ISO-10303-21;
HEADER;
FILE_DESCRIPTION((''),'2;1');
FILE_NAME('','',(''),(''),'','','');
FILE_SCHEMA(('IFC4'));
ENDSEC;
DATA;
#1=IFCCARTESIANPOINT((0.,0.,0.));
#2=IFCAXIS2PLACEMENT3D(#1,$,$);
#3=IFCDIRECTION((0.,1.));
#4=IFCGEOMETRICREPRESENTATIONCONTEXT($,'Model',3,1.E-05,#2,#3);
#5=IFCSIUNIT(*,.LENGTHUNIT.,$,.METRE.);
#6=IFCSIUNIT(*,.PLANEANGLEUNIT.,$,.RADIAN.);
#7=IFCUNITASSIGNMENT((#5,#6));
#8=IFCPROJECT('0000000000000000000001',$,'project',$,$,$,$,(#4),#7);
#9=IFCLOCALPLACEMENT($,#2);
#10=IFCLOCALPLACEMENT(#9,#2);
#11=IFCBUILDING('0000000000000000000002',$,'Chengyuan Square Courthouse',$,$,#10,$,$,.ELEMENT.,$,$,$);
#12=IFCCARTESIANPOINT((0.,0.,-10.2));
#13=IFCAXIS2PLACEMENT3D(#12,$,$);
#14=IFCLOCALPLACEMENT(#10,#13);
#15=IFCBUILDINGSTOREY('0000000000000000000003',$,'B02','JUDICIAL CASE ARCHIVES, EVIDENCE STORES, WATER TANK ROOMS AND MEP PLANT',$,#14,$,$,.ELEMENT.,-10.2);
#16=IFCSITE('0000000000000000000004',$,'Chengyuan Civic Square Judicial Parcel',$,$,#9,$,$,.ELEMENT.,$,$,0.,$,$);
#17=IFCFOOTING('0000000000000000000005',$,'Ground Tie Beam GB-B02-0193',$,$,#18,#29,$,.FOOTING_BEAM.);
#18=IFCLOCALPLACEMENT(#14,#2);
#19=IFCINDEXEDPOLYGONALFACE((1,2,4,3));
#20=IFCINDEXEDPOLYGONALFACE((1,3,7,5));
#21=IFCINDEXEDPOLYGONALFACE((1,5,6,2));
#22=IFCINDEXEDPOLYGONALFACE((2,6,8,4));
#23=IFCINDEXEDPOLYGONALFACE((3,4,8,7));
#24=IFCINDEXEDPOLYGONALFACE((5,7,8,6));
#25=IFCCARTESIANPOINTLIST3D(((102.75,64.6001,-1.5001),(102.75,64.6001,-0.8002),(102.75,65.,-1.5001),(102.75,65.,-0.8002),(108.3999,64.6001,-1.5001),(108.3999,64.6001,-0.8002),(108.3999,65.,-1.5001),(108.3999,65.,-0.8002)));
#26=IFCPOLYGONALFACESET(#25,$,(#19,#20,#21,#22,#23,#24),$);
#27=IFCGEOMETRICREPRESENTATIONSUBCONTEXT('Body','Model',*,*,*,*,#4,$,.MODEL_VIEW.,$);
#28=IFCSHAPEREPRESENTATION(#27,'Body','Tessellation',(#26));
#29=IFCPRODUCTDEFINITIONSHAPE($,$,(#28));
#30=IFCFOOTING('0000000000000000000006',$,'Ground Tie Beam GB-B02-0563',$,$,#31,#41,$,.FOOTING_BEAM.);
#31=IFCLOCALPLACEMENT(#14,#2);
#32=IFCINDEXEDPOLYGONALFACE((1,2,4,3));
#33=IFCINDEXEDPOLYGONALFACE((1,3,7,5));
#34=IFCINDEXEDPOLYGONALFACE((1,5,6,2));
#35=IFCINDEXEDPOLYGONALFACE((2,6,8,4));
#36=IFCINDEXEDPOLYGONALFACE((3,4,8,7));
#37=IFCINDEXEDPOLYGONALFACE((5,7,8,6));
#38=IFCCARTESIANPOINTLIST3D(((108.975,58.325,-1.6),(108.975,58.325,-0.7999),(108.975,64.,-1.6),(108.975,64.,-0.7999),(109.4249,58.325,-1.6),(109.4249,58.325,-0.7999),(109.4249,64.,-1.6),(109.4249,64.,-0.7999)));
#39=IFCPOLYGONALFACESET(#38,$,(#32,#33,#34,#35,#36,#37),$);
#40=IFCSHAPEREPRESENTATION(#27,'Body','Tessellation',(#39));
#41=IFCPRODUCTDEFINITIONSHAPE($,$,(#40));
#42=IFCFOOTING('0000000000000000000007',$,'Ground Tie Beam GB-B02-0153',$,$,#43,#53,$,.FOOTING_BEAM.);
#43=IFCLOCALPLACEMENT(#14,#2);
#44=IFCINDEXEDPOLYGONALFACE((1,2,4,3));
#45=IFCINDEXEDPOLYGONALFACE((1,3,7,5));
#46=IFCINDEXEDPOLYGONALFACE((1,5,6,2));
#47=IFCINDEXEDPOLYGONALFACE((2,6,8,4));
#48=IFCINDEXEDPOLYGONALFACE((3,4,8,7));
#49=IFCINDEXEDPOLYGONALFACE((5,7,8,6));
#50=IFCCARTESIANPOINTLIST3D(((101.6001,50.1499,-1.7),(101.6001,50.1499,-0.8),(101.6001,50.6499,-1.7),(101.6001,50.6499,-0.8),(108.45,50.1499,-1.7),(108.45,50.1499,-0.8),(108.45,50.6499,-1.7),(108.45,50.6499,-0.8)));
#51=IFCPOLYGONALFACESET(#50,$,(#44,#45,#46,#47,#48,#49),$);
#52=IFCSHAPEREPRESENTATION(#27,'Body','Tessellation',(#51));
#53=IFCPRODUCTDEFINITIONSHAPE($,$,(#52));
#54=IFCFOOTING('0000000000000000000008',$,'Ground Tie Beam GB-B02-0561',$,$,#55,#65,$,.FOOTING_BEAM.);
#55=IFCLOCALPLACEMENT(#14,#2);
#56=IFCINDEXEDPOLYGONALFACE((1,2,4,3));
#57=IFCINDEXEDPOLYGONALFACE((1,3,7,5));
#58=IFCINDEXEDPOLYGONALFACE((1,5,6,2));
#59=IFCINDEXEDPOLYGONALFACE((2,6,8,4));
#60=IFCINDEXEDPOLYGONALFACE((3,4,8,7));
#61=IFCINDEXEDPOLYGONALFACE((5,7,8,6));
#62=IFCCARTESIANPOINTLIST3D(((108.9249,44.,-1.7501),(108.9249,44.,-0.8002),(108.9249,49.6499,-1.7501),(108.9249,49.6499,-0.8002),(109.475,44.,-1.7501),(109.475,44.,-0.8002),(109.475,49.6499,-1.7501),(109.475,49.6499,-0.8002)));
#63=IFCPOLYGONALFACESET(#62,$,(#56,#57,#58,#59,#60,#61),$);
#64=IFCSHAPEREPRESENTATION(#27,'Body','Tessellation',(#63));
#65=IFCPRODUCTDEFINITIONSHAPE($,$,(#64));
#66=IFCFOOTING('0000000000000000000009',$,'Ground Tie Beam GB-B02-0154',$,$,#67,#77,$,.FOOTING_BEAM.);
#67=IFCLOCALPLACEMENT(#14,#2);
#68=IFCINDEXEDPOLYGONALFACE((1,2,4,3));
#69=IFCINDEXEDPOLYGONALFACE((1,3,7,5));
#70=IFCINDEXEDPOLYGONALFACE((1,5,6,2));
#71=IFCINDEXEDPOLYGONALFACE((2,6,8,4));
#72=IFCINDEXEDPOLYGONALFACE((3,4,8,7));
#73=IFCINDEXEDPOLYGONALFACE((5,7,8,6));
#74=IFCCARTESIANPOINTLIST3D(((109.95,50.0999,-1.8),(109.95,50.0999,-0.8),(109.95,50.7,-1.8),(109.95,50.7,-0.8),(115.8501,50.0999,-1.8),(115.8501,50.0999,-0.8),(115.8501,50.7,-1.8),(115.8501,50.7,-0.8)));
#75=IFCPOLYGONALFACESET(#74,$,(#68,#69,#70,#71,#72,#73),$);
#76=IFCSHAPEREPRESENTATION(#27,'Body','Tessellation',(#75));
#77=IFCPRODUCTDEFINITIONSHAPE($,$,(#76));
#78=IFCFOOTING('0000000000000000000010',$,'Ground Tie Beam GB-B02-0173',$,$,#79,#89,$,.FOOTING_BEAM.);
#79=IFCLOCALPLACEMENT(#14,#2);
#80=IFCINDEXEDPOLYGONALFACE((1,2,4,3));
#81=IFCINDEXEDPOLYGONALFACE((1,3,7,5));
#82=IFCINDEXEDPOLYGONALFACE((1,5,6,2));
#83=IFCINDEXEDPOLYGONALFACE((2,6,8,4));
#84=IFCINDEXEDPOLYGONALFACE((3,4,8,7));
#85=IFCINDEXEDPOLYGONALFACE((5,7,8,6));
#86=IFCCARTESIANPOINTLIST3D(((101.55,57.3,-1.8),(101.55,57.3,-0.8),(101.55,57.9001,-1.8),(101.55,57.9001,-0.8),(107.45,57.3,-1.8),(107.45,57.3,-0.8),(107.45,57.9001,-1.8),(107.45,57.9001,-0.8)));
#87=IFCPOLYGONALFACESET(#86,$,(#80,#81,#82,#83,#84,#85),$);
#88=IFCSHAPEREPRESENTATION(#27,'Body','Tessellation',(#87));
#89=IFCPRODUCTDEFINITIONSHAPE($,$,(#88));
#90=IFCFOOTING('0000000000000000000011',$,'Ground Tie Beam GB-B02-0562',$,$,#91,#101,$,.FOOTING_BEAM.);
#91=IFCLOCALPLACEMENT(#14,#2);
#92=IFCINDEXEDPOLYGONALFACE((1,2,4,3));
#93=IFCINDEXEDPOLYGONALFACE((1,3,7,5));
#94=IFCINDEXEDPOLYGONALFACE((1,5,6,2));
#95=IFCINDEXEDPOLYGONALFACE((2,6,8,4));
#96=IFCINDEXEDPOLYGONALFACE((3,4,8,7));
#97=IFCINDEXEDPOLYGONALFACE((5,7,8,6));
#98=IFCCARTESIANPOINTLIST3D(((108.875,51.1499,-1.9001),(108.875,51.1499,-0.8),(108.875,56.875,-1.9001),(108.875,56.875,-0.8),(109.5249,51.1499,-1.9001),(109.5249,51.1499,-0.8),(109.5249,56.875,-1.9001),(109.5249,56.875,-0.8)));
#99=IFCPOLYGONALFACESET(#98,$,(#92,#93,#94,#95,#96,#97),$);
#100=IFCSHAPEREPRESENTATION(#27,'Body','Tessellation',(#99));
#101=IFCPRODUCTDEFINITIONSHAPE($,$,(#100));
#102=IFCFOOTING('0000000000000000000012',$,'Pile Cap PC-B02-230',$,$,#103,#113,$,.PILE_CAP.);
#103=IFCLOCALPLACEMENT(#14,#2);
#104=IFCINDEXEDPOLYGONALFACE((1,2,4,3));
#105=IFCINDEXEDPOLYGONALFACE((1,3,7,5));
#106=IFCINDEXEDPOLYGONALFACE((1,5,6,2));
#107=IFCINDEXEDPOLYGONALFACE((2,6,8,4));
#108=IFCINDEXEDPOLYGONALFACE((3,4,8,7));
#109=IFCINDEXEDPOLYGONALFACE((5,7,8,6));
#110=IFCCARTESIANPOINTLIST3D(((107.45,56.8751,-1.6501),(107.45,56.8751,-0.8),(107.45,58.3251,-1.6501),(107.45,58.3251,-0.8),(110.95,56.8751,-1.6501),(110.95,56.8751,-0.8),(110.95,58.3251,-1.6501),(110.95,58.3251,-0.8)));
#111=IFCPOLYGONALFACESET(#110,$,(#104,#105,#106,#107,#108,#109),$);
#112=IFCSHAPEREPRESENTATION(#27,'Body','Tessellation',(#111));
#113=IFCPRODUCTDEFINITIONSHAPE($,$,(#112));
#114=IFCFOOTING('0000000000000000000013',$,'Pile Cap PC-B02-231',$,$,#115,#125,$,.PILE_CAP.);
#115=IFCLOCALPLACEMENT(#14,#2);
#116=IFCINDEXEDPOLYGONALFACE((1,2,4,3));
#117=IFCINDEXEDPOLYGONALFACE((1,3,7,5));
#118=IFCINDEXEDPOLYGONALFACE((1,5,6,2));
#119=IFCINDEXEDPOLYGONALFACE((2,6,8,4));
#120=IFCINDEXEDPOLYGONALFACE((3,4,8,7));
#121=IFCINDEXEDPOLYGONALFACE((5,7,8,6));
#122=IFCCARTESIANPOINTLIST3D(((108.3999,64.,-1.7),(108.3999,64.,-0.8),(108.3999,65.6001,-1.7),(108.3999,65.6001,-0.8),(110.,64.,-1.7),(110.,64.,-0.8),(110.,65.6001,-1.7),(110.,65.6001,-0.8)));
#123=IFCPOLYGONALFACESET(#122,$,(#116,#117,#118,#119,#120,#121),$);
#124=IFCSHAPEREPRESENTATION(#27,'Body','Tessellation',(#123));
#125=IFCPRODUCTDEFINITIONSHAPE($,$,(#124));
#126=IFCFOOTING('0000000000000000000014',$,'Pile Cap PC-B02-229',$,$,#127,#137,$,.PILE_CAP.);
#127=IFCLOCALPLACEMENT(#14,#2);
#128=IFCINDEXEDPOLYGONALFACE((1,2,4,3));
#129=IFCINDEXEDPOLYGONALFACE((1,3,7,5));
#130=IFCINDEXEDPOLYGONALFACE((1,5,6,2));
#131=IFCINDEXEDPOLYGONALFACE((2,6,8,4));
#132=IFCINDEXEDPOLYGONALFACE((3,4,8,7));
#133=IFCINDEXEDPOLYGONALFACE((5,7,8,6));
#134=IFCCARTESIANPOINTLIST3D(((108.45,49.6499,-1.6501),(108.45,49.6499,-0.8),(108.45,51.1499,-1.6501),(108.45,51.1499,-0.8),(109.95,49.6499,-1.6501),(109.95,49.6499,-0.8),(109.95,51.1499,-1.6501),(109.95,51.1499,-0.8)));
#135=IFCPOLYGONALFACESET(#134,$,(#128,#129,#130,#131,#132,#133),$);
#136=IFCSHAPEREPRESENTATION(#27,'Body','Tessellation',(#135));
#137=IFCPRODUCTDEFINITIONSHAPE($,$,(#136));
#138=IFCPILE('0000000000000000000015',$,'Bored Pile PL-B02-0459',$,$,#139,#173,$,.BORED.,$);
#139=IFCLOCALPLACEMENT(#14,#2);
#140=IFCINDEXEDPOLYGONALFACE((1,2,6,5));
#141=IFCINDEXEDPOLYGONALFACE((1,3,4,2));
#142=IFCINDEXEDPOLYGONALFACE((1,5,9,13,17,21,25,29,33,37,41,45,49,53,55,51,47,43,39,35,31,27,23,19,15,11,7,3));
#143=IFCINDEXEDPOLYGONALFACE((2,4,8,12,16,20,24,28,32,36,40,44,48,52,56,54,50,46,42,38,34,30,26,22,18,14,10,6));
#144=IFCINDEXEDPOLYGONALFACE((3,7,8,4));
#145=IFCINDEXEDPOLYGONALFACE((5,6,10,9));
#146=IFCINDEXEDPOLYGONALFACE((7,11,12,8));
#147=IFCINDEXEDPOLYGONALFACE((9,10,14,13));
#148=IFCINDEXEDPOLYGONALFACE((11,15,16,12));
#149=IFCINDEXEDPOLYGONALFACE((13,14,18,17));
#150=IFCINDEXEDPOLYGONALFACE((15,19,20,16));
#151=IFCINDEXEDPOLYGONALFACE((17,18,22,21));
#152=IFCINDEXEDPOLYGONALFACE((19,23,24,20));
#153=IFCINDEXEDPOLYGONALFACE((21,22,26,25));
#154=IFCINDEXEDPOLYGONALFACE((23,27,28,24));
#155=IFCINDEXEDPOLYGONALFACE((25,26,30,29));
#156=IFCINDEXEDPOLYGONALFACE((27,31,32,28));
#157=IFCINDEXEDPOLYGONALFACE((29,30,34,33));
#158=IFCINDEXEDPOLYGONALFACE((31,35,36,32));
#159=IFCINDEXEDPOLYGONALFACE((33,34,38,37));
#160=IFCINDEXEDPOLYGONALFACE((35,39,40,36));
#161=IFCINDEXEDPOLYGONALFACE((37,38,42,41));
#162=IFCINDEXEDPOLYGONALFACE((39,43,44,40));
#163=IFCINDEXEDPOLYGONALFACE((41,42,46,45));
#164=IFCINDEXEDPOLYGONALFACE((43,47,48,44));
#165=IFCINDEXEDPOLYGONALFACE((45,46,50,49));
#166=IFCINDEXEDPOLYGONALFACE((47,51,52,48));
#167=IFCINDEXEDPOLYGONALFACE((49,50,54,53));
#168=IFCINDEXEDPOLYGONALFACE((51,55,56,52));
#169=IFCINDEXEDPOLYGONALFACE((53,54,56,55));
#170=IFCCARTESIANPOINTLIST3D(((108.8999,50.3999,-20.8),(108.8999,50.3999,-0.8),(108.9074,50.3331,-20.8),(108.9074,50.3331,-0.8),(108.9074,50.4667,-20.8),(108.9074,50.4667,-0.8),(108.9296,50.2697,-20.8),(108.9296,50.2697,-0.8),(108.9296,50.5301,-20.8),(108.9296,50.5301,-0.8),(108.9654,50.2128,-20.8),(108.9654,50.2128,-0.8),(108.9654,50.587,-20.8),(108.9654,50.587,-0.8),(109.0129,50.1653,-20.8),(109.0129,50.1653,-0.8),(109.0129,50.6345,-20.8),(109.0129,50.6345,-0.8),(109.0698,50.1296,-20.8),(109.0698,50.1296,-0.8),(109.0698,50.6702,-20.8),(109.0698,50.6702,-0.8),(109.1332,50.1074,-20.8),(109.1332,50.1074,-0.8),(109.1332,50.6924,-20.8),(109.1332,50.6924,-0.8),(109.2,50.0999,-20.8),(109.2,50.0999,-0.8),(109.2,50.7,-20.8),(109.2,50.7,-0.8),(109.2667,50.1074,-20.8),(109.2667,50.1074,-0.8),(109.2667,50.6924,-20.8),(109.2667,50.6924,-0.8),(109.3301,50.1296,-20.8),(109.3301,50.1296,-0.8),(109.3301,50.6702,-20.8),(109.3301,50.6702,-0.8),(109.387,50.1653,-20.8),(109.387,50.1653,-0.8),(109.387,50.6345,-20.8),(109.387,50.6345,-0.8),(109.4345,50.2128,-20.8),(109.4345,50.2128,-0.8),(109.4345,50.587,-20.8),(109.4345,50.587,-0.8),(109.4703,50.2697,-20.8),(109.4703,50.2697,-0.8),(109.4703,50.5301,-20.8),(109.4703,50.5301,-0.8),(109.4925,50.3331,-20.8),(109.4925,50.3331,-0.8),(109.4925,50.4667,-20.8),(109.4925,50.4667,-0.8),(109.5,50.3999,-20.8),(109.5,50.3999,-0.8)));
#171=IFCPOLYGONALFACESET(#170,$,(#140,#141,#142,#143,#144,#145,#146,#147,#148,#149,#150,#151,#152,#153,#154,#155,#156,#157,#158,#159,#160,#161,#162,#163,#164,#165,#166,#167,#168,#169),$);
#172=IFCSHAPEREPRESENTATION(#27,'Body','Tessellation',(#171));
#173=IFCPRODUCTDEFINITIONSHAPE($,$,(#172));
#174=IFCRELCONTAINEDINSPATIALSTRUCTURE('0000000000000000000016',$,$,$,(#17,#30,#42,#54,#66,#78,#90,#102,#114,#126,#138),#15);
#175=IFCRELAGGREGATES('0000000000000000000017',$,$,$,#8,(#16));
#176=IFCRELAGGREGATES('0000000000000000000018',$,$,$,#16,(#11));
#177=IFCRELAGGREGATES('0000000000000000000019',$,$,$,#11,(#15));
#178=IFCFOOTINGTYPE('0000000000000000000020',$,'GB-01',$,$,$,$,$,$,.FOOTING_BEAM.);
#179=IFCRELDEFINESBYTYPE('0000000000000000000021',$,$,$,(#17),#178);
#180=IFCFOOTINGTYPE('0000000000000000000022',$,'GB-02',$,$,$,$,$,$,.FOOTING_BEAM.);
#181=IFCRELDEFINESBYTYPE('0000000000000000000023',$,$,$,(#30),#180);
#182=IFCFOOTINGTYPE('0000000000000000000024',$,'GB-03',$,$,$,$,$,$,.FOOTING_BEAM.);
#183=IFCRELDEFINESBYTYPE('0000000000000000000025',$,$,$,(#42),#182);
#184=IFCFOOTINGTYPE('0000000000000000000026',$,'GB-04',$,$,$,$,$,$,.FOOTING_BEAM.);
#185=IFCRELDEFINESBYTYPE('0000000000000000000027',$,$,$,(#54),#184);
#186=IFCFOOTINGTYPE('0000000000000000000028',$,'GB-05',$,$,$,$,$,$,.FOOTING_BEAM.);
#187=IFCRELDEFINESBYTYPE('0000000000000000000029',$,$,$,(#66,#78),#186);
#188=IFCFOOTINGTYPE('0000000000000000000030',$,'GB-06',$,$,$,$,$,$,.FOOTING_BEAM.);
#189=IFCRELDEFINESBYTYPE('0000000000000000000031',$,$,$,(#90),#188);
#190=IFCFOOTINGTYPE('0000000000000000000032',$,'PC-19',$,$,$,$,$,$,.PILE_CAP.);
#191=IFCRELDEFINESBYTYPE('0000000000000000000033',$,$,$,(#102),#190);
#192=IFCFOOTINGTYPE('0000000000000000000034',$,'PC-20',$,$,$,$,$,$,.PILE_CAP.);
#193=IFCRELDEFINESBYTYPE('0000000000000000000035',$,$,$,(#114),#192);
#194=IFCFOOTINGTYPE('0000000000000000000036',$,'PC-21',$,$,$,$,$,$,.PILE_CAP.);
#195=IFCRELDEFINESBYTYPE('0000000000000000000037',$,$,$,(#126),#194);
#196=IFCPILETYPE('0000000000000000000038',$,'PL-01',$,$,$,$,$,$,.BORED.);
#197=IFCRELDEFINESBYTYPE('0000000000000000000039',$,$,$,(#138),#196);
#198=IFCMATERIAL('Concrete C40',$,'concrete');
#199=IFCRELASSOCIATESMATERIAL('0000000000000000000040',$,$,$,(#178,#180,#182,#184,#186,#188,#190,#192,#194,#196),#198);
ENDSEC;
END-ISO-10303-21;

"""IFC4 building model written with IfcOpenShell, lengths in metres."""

from ifc_helpers import new_model, si_unit, direction, frame, origin, origin_2d, place, context, subcontext, project, spatial, rectangle, circle, extrude, material, material_profile, profile_set, type_object, element, save


model = new_model("IFC4")

# Units and contexts
model_context = context("Model", 3, precision=1e-05, world=origin(), true_north=direction((0.0, 1.0)))
body_context = subcontext(model_context, "Body", "Model", "MODEL_VIEW")
ifc_project = project(units=[si_unit("LENGTHUNIT", "METRE"), si_unit("PLANEANGLEUNIT", "RADIAN")], contexts=[model_context])

# Site, building, storey
site_placement = place(None, origin())
site = spatial("IfcSite", under=ifc_project, at=site_placement, Name="Chengyuan Civic Square Judicial Parcel", CompositionType="ELEMENT", RefElevation=0.0)
building_placement = place(site_placement, origin())
building = spatial("IfcBuilding", under=site, at=building_placement, Name="Chengyuan Square Courthouse", CompositionType="ELEMENT")
storey_placement = place(building_placement, frame((0.0, 0.0, -10.2)))
storey = spatial("IfcBuildingStorey", under=building, at=storey_placement, Name="B02", Description="JUDICIAL CASE ARCHIVES, EVIDENCE STORES, WATER TANK ROOMS AND MEP PLANT", CompositionType="ELEMENT", Elevation=-10.2)

# Footings
ifc_material_1 = material(Name="Concrete C40", Category="concrete")
ifc_material_profile_1 = material_profile(ifc_material_1, rectangle(XDim=0.3999, YDim=0.7, at=origin_2d()), Name="GB-400x700")
ifc_profile_set_1 = profile_set([ifc_material_profile_1], Name="Concrete C40")
footing_type_1 = type_object("IfcFootingType", Name="GB-01", PredefinedType="FOOTING_BEAM", material=ifc_profile_set_1)
footing_1_placement = place(storey_placement, frame((102.75, 64.8, -1.1501), z_axis=(1.0, 0.0, 0.0), x_axis=(0.0, 1.0, 0.0)))
element("IfcFooting", 1, at=footing_1_placement, inside=storey, type_object=footing_type_1, Name="Ground Tie Beam GB-B02-0193", PredefinedType="FOOTING_BEAM", context=body_context, shape_type="SweptSolid", body=[
    extrude(rectangle(XDim=0.3999, YDim=0.7, at=origin_2d()), origin(), (0.0, 0.0, 1.0), 5.6499),
])
ifc_material_profile_2 = material_profile(ifc_material_1, rectangle(XDim=0.45, YDim=0.8, at=origin_2d()), Name="GB-450x800")
ifc_profile_set_2 = profile_set([ifc_material_profile_2], Name="Concrete C40")
footing_type_2 = type_object("IfcFootingType", Name="GB-02", PredefinedType="FOOTING_BEAM", material=ifc_profile_set_2)
footing_2_placement = place(storey_placement, frame((109.2, 58.325, -1.2), z_axis=(0.0, 1.0, 0.0), x_axis=(-1.0, 0.0, 0.0)))
element("IfcFooting", 2, at=footing_2_placement, inside=storey, type_object=footing_type_2, Name="Ground Tie Beam GB-B02-0563", PredefinedType="FOOTING_BEAM", context=body_context, shape_type="SweptSolid", body=[
    extrude(rectangle(XDim=0.45, YDim=0.8, at=origin_2d()), origin(), (0.0, 0.0, 1.0), 5.675),
])
ifc_material_profile_3 = material_profile(ifc_material_1, rectangle(XDim=0.5, YDim=0.8999, at=origin_2d()), Name="GB-500x900")
ifc_profile_set_3 = profile_set([ifc_material_profile_3], Name="Concrete C40")
footing_type_3 = type_object("IfcFootingType", Name="GB-03", PredefinedType="FOOTING_BEAM", material=ifc_profile_set_3)
footing_3_placement = place(storey_placement, frame((101.6001, 50.3999, -1.25), z_axis=(1.0, 0.0, 0.0), x_axis=(0.0, 1.0, 0.0)))
element("IfcFooting", 3, at=footing_3_placement, inside=storey, type_object=footing_type_3, Name="Ground Tie Beam GB-B02-0153", PredefinedType="FOOTING_BEAM", context=body_context, shape_type="SweptSolid", body=[
    extrude(rectangle(XDim=0.5, YDim=0.8999, at=origin_2d()), origin(), (0.0, 0.0, 1.0), 6.8499),
])
ifc_material_profile_4 = material_profile(ifc_material_1, rectangle(XDim=0.55, YDim=0.95, at=origin_2d()), Name="GB-550x950")
ifc_profile_set_4 = profile_set([ifc_material_profile_4], Name="Concrete C40")
footing_type_4 = type_object("IfcFootingType", Name="GB-04", PredefinedType="FOOTING_BEAM", material=ifc_profile_set_4)
footing_4_placement = place(storey_placement, frame((109.2, 44.0, -1.2751), z_axis=(0.0, 1.0, 0.0), x_axis=(-1.0, 0.0, 0.0)))
element("IfcFooting", 4, at=footing_4_placement, inside=storey, type_object=footing_type_4, Name="Ground Tie Beam GB-B02-0561", PredefinedType="FOOTING_BEAM", context=body_context, shape_type="SweptSolid", body=[
    extrude(rectangle(XDim=0.55, YDim=0.95, at=origin_2d()), origin(), (0.0, 0.0, 1.0), 5.6499),
])
ifc_material_profile_5 = material_profile(ifc_material_1, rectangle(XDim=0.6001, YDim=1.0, at=origin_2d()), Name="GB-600x1000")
ifc_profile_set_5 = profile_set([ifc_material_profile_5], Name="Concrete C40")
footing_type_5 = type_object("IfcFootingType", Name="GB-05", PredefinedType="FOOTING_BEAM", material=ifc_profile_set_5)
footing_5_placement = place(storey_placement, frame((109.95, 50.3999, -1.3), z_axis=(1.0, 0.0, 0.0), x_axis=(0.0, 1.0, 0.0)))
element("IfcFooting", 5, at=footing_5_placement, inside=storey, type_object=footing_type_5, Name="Ground Tie Beam GB-B02-0154", PredefinedType="FOOTING_BEAM", context=body_context, shape_type="SweptSolid", body=[
    extrude(rectangle(XDim=0.6001, YDim=1.0, at=origin_2d()), origin(), (0.0, 0.0, 1.0), 5.9001),
])
footing_6_placement = place(storey_placement, frame((101.55, 57.6001, -1.3), z_axis=(1.0, 0.0, 0.0), x_axis=(0.0, 1.0, 0.0)))
element("IfcFooting", 6, at=footing_6_placement, inside=storey, type_object=footing_type_5, Name="Ground Tie Beam GB-B02-0173", PredefinedType="FOOTING_BEAM", context=body_context, shape_type="SweptSolid", body=[
    extrude(rectangle(XDim=0.6001, YDim=1.0, at=origin_2d()), origin(), (0.0, 0.0, 1.0), 5.8999),
])
ifc_material_profile_6 = material_profile(ifc_material_1, rectangle(XDim=0.6499, YDim=1.1001, at=origin_2d()), Name="GB-650x1100")
ifc_profile_set_6 = profile_set([ifc_material_profile_6], Name="Concrete C40")
footing_type_6 = type_object("IfcFootingType", Name="GB-06", PredefinedType="FOOTING_BEAM", material=ifc_profile_set_6)
footing_7_placement = place(storey_placement, frame((109.2, 51.1499, -1.3501), z_axis=(0.0, 1.0, 0.0), x_axis=(-1.0, 0.0, 0.0)))
element("IfcFooting", 7, at=footing_7_placement, inside=storey, type_object=footing_type_6, Name="Ground Tie Beam GB-B02-0562", PredefinedType="FOOTING_BEAM", context=body_context, shape_type="SweptSolid", body=[
    extrude(rectangle(XDim=0.6499, YDim=1.1001, at=origin_2d()), origin(), (0.0, 0.0, 1.0), 5.7251),
])
footing_type_7 = type_object("IfcFootingType", Name="PC-19", PredefinedType="PILE_CAP", material=ifc_material_1)
footing_8_placement = place(storey_placement, frame((109.2, 57.6001, -1.6501), z_axis=(0.0, 0.0, 1.0), x_axis=(1.0, 0.0, 0.0)))
element("IfcFooting", 8, at=footing_8_placement, inside=storey, type_object=footing_type_7, Name="Pile Cap PC-B02-230", PredefinedType="PILE_CAP", context=body_context, shape_type="SweptSolid", body=[
    extrude(rectangle(XDim=3.5, YDim=1.45, at=origin_2d()), origin(), (0.0, 0.0, 1.0), 0.8501),
])
footing_type_8 = type_object("IfcFootingType", Name="PC-20", PredefinedType="PILE_CAP", material=ifc_material_1)
footing_9_placement = place(storey_placement, frame((109.2, 64.8, -1.7), z_axis=(0.0, 0.0, 1.0), x_axis=(1.0, 0.0, 0.0)))
element("IfcFooting", 9, at=footing_9_placement, inside=storey, type_object=footing_type_8, Name="Pile Cap PC-B02-231", PredefinedType="PILE_CAP", context=body_context, shape_type="SweptSolid", body=[
    extrude(rectangle(XDim=1.6001, YDim=1.6001, at=origin_2d()), origin(), (0.0, 0.0, 1.0), 0.8999),
])
footing_type_9 = type_object("IfcFootingType", Name="PC-21", PredefinedType="PILE_CAP", material=ifc_material_1)
footing_10_placement = place(storey_placement, frame((109.2, 50.3999, -1.6501), z_axis=(0.0, 0.0, 1.0), x_axis=(1.0, 0.0, 0.0)))
element("IfcFooting", 10, at=footing_10_placement, inside=storey, type_object=footing_type_9, Name="Pile Cap PC-B02-229", PredefinedType="PILE_CAP", context=body_context, shape_type="SweptSolid", body=[
    extrude(rectangle(XDim=1.5, YDim=1.5, at=origin_2d()), origin(), (0.0, 0.0, 1.0), 0.8501),
])

# Pile
ifc_material_profile_7 = material_profile(ifc_material_1, circle(Radius=0.3, at=origin_2d()), Name="BORED PILE D600")
ifc_profile_set_7 = profile_set([ifc_material_profile_7], Name="Concrete C40")
pile_type_1 = type_object("IfcPileType", Name="PL-01", PredefinedType="BORED", material=ifc_profile_set_7)
pile_1_placement = place(storey_placement, frame((109.2, 50.3999, -0.8), z_axis=(0.0, 0.0, -1.0), x_axis=(1.0, 0.0, 0.0)))
element("IfcPile", 11, at=pile_1_placement, inside=storey, type_object=pile_type_1, Name="Bored Pile PL-B02-0459", PredefinedType="BORED", context=body_context, shape_type="SweptSolid", body=[
    extrude(circle(Radius=0.3, at=origin_2d()), origin(), (0.0, 0.0, 1.0), 20.0),
])

save(model, "model.ifc")
